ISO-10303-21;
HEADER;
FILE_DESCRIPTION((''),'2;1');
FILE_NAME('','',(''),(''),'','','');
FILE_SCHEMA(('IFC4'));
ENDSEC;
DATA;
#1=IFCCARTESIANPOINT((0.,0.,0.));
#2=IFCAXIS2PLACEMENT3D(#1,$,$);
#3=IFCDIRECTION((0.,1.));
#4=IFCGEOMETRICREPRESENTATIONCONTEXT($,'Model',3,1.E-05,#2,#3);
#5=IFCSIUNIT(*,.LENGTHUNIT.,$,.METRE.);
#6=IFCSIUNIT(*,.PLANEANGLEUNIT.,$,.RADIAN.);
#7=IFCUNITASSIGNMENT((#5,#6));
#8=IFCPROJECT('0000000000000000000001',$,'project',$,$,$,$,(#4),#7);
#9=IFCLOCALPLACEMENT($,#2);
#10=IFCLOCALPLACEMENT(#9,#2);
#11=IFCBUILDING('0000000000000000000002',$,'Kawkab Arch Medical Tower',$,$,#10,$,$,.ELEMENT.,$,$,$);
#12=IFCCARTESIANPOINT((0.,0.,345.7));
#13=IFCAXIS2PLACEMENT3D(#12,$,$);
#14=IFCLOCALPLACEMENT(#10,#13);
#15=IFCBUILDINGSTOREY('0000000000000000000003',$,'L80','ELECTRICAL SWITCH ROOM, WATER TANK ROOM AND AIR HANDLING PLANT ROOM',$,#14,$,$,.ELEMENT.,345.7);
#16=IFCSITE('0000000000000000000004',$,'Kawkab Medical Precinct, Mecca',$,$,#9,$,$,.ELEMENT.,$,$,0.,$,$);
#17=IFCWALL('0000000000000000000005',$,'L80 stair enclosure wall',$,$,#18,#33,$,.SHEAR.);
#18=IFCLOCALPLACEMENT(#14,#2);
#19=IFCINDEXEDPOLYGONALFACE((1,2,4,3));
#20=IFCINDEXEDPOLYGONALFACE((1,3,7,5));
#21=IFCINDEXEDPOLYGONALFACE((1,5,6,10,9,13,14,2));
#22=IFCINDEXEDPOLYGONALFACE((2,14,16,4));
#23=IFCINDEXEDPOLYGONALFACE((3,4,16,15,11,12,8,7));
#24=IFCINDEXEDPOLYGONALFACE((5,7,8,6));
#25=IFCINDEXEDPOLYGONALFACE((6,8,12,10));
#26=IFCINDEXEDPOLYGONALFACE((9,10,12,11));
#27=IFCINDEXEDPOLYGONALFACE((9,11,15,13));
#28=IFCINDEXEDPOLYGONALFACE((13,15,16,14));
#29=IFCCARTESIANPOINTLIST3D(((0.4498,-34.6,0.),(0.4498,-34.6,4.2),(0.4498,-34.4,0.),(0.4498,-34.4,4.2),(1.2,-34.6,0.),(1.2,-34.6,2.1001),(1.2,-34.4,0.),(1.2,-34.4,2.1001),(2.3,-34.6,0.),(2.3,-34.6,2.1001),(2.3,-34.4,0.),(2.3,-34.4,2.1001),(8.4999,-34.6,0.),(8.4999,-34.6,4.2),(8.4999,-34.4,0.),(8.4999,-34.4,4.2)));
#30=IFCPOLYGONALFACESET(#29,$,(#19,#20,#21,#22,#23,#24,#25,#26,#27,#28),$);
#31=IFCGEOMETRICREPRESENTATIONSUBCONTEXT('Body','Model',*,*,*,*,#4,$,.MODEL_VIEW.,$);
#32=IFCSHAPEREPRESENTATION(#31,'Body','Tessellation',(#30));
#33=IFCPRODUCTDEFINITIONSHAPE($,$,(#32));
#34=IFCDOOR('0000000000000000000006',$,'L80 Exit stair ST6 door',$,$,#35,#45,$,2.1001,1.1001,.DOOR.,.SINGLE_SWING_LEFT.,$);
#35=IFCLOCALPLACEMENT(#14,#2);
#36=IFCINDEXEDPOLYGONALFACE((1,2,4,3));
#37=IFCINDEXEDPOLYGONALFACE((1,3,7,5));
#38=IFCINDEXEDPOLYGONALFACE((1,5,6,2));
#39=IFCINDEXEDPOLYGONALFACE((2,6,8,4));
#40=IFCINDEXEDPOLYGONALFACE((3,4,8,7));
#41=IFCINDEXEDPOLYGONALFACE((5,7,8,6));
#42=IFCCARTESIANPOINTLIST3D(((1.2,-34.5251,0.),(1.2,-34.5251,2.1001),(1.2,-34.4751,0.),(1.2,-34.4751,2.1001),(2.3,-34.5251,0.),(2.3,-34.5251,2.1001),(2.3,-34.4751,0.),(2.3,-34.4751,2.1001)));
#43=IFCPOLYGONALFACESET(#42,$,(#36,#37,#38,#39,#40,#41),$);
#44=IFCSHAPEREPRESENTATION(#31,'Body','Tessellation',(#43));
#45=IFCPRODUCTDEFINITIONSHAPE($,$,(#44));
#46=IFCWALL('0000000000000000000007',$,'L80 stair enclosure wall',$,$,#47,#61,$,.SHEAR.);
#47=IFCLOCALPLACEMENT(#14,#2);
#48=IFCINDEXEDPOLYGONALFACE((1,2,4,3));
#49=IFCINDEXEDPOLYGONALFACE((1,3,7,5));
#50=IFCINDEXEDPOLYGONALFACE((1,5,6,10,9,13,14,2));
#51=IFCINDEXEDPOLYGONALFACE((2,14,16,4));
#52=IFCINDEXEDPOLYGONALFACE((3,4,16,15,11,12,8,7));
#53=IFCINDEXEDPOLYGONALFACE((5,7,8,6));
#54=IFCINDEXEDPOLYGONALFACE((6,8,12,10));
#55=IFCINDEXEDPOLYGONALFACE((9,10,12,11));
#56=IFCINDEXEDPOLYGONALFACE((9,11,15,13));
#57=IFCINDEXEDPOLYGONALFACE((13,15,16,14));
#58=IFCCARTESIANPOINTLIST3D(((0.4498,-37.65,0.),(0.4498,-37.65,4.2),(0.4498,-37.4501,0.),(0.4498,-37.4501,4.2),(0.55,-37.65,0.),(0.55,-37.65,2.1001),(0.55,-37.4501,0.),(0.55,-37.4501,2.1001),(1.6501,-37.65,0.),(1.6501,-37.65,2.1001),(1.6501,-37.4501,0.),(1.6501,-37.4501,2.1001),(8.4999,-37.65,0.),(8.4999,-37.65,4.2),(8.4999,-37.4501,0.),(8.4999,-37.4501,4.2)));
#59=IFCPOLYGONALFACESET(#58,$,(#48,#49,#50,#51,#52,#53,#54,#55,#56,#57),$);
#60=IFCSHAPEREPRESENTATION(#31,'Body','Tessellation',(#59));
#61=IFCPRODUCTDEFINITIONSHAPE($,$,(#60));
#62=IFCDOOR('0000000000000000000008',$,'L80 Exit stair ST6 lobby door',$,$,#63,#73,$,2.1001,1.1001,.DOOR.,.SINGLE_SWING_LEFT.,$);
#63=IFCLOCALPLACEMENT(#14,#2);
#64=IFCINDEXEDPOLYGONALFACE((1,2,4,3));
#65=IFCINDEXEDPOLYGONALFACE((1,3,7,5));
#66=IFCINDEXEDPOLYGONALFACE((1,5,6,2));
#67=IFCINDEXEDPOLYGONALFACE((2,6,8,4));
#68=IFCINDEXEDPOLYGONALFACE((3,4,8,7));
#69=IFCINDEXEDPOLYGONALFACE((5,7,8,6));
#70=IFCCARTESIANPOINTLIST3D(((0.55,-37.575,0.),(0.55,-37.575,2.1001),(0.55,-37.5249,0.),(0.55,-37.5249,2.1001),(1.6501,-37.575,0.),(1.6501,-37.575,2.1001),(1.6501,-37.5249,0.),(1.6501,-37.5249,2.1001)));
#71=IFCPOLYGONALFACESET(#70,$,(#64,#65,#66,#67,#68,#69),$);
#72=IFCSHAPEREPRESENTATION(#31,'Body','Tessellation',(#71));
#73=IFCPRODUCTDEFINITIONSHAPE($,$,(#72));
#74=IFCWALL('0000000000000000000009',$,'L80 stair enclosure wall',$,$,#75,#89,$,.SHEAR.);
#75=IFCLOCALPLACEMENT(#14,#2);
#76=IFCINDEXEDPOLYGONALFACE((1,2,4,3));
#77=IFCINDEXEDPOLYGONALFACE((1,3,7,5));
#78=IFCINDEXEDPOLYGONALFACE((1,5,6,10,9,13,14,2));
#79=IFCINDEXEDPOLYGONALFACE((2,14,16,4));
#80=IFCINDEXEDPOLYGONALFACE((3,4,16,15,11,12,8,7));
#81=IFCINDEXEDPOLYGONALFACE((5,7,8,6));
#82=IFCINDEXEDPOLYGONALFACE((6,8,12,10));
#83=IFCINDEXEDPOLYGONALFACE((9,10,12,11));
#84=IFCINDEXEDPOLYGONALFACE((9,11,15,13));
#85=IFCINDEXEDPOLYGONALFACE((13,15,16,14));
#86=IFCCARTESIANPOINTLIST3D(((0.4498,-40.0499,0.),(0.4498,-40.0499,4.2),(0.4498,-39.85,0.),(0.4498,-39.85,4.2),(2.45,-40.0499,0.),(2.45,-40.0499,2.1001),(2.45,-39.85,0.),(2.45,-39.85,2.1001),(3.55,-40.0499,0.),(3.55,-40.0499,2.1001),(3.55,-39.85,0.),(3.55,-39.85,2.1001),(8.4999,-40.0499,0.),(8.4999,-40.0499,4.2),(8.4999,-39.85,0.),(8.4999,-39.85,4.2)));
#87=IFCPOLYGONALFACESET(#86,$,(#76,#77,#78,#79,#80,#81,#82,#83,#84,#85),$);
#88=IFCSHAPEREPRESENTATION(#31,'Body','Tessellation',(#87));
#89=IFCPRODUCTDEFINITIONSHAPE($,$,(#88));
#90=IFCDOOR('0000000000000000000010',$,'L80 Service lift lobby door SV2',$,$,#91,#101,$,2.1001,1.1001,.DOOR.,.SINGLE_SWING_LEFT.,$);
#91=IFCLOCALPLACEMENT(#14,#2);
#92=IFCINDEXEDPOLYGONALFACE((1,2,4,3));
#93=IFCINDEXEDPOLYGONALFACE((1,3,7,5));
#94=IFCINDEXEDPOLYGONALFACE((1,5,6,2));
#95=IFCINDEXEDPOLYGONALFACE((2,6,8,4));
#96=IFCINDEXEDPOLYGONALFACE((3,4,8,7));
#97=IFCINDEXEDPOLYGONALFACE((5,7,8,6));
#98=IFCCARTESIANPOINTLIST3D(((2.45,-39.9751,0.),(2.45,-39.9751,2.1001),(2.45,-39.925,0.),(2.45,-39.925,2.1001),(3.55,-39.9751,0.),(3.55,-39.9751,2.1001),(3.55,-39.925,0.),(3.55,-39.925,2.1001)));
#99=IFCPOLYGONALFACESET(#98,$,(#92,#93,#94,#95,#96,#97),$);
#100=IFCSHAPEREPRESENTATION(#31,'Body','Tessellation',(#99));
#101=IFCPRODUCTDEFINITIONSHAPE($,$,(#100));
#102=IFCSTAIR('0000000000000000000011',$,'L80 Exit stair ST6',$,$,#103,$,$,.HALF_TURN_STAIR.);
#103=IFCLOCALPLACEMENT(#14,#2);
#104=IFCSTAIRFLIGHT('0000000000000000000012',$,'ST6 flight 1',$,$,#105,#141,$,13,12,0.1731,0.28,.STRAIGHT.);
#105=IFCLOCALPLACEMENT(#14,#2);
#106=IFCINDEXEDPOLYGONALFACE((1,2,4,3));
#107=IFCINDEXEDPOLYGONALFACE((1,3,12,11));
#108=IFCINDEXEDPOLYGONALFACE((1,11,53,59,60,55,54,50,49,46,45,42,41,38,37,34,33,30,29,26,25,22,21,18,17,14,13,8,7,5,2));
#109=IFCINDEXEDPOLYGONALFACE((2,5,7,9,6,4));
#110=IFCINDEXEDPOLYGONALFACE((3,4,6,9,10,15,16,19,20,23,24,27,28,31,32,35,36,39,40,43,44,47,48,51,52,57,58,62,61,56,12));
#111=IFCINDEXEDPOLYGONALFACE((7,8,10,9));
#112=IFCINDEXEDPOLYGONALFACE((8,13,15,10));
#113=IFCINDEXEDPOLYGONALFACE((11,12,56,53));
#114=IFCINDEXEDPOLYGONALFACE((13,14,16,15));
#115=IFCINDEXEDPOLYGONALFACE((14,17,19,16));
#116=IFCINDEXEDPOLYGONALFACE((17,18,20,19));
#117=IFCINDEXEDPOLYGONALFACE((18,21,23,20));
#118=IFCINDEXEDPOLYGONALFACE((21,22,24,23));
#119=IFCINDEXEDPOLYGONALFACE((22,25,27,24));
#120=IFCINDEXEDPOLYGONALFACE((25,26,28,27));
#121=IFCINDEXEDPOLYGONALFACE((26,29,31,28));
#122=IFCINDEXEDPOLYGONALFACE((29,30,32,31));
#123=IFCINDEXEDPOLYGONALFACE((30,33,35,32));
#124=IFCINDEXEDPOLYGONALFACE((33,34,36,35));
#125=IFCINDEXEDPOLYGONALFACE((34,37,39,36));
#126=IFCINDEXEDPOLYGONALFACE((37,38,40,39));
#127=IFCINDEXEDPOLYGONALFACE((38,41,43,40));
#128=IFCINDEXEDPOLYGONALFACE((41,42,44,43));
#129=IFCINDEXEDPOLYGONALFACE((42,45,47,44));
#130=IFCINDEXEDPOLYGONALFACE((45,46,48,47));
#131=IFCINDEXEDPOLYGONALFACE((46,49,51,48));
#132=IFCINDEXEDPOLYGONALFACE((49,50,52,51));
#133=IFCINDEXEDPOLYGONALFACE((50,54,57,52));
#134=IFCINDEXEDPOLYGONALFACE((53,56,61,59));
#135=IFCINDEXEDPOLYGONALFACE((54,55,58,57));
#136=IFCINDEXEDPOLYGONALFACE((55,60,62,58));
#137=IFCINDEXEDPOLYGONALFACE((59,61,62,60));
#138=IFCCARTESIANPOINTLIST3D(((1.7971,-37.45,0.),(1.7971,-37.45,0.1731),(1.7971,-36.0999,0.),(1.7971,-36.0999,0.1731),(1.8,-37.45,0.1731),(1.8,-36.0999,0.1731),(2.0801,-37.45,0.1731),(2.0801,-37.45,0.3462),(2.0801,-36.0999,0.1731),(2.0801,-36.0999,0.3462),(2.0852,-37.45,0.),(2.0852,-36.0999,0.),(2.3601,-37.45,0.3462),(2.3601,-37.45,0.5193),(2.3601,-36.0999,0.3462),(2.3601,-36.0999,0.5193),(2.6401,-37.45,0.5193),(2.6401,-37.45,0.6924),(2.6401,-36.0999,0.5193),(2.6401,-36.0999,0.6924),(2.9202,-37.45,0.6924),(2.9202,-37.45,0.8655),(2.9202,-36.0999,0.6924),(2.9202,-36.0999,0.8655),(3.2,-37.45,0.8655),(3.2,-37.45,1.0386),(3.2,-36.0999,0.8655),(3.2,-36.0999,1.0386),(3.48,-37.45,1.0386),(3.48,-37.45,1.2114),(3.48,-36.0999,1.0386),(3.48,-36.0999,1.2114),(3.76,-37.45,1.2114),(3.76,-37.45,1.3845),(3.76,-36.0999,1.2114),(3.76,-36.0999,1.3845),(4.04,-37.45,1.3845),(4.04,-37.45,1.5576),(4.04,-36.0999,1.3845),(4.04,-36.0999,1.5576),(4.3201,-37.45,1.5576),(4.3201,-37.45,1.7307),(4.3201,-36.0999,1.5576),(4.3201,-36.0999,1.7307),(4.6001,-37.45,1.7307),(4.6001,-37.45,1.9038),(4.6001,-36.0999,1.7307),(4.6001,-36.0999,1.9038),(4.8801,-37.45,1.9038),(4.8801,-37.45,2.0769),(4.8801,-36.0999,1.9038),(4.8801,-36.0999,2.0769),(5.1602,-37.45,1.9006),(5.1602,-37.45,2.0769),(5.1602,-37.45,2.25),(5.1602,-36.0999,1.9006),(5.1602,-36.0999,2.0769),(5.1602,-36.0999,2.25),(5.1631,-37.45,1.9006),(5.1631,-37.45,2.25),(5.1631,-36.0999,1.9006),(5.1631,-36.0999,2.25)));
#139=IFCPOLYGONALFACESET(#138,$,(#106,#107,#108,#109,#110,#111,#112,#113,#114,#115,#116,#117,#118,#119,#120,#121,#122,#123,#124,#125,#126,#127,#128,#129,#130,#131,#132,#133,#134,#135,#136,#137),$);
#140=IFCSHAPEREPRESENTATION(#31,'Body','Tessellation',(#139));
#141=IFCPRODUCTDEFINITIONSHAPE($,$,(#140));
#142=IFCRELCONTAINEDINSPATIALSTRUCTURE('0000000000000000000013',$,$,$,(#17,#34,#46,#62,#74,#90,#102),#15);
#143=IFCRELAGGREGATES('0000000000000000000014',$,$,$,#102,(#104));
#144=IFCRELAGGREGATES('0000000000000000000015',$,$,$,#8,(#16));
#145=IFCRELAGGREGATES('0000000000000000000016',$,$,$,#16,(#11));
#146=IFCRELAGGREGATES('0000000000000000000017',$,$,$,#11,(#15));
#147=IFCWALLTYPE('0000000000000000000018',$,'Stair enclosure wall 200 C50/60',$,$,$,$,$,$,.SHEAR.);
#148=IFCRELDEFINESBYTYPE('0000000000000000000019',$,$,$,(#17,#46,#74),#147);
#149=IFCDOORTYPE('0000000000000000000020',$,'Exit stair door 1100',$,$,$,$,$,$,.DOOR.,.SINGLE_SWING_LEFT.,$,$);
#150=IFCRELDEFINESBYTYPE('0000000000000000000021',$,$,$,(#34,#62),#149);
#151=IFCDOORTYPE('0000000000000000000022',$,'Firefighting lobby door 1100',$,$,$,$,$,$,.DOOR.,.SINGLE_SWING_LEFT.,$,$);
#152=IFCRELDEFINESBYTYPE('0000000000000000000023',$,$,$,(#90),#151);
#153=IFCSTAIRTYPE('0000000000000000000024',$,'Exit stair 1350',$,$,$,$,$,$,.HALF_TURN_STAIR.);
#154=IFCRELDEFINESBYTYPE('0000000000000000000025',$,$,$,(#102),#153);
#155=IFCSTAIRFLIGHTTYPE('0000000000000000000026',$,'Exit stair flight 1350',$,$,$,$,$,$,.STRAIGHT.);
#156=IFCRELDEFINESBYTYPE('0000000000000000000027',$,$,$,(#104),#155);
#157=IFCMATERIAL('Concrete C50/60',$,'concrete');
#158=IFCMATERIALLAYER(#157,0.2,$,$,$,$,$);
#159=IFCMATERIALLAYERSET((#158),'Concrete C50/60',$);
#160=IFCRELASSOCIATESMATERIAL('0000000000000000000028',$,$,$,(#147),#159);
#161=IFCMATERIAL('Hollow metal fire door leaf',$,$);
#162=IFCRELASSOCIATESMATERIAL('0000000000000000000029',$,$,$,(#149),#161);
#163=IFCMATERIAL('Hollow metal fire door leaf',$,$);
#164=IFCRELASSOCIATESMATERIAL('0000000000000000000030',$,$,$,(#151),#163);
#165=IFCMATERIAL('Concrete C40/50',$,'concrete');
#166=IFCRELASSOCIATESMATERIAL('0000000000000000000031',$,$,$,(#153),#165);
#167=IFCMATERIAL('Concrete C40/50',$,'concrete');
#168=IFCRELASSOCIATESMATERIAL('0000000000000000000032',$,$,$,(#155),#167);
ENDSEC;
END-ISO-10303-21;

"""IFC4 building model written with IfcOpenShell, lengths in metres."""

from ifc_helpers import new_model, si_unit, direction, frame, frame_2d, origin, place, context, subcontext, project, spatial, polyline, rectangle, outline, extrude, material, layer, layer_set, type_object, element, fill, aggregate, save


model = new_model("IFC4")

# Units and contexts
model_context = context("Model", 3, precision=1e-05, world=origin(), true_north=direction((0.0, 1.0)))
body_context = subcontext(model_context, "Body", "Model", "MODEL_VIEW")
ifc_project = project(units=[si_unit("LENGTHUNIT", "METRE"), si_unit("PLANEANGLEUNIT", "RADIAN")], contexts=[model_context])

# Site, building, storey
site_placement = place(None, origin())
site = spatial("IfcSite", under=ifc_project, at=site_placement, Name="Kawkab Medical Precinct, Mecca", CompositionType="ELEMENT", RefElevation=0.0)
building_placement = place(site_placement, origin())
building = spatial("IfcBuilding", under=site, at=building_placement, Name="Kawkab Arch Medical Tower", CompositionType="ELEMENT")
storey_placement = place(building_placement, frame((0.0, 0.0, 345.7)))
storey = spatial("IfcBuildingStorey", under=building, at=storey_placement, Name="L80", Description="ELECTRICAL SWITCH ROOM, WATER TANK ROOM AND AIR HANDLING PLANT ROOM", CompositionType="ELEMENT", Elevation=345.7)

# Shared definitions
placement = place(storey_placement, origin())

# Walls, openings, doors
ifc_material_1 = material(Name="Concrete C50/60", Category="concrete")
ifc_layer_1 = layer(ifc_material_1, 0.2)
ifc_layer_set_1 = layer_set([ifc_layer_1], Name="Concrete C50/60")
wall_type_1 = type_object("IfcWallType", Name="Stair enclosure wall 200 C50/60", PredefinedType="SHEAR", material=ifc_layer_set_1)
wall_1_placement = place(storey_placement, frame((0.45, -34.5, 0.0), z_axis=(0.0, 0.0, 1.0), x_axis=(1.0, 0.0, 0.0)))
wall_1 = element("IfcWall", 1, at=wall_1_placement, inside=storey, type_object=wall_type_1, Name="L80 stair enclosure wall", PredefinedType="SHEAR", context=body_context, shape_type="SweptSolid", body=[
    extrude(rectangle(XDim=8.05, YDim=0.2, at=frame_2d((4.0249, 0.0))), origin(), (0.0, 0.0, 1.0), 4.2),
])
opening_1_placement = place(wall_1_placement, frame((0.75, 0.0, 0.0)))
opening_1 = element("IfcOpeningElement", 2, at=opening_1_placement, cuts=wall_1, PredefinedType="OPENING", context=body_context, shape_type="SweptSolid", body=[
    extrude(rectangle(XDim=1.1001, YDim=2.1001, at=frame_2d((0.55, 1.05))), frame((0.0, 0.1099, 0.0), z_axis=(0.0, -1.0, 0.0), x_axis=(1.0, 0.0, 0.0)), (0.0, 0.0, 1.0), 0.22),
])
ifc_material_2 = material(Name="Hollow metal fire door leaf")
door_type_1 = type_object("IfcDoorType", Name="Exit stair door 1100", OperationType="SINGLE_SWING_LEFT", PredefinedType="DOOR", material=ifc_material_2)
door_1_placement = place(opening_1_placement, origin())
door_1 = element("IfcDoor", 3, at=door_1_placement, inside=storey, type_object=door_type_1, Name="L80 Exit stair ST6 door", OperationType="SINGLE_SWING_LEFT", OverallHeight=2.1001, OverallWidth=1.1001, PredefinedType="DOOR", context=body_context, shape_type="SweptSolid", body=[
    extrude(rectangle(XDim=1.1001, YDim=2.1001, at=frame_2d((0.55, 1.05))), frame((0.0, 0.0249, 0.0), z_axis=(0.0, -1.0, 0.0), x_axis=(1.0, 0.0, 0.0)), (0.0, 0.0, 1.0), 0.05),
])
fill(opening_1, door_1)
wall_2_placement = place(storey_placement, frame((0.45, -37.55, 0.0), z_axis=(0.0, 0.0, 1.0), x_axis=(1.0, 0.0, 0.0)))
wall_2 = element("IfcWall", 4, at=wall_2_placement, inside=storey, type_object=wall_type_1, Name="L80 stair enclosure wall", PredefinedType="SHEAR", context=body_context, shape_type="SweptSolid", body=[
    extrude(rectangle(XDim=8.05, YDim=0.2, at=frame_2d((4.0249, 0.0))), origin(), (0.0, 0.0, 1.0), 4.2),
])
opening_2_placement = place(wall_2_placement, frame((0.1001, 0.0, 0.0)))
opening_2 = element("IfcOpeningElement", 5, at=opening_2_placement, cuts=wall_2, PredefinedType="OPENING", context=body_context, shape_type="SweptSolid", body=[
    extrude(rectangle(XDim=1.1001, YDim=2.1001, at=frame_2d((0.55, 1.05))), frame((0.0, 0.1099, 0.0), z_axis=(0.0, -1.0, 0.0), x_axis=(1.0, 0.0, 0.0)), (0.0, 0.0, 1.0), 0.22),
])
door_2_placement = place(opening_2_placement, frame((1.1001, 0.0, 0.0), z_axis=(0.0, 0.0, 1.0), x_axis=(-1.0, 0.0, 0.0)))
door_2 = element("IfcDoor", 6, at=door_2_placement, inside=storey, type_object=door_type_1, Name="L80 Exit stair ST6 lobby door", OperationType="SINGLE_SWING_LEFT", OverallHeight=2.1001, OverallWidth=1.1001, PredefinedType="DOOR", context=body_context, shape_type="SweptSolid", body=[
    extrude(rectangle(XDim=1.1001, YDim=2.1001, at=frame_2d((0.55, 1.05))), frame((0.0, 0.0249, 0.0), z_axis=(0.0, -1.0, 0.0), x_axis=(1.0, 0.0, 0.0)), (0.0, 0.0, 1.0), 0.05),
])
fill(opening_2, door_2)
wall_3_placement = place(storey_placement, frame((0.45, -39.95, 0.0), z_axis=(0.0, 0.0, 1.0), x_axis=(1.0, 0.0, 0.0)))
wall_3 = element("IfcWall", 7, at=wall_3_placement, inside=storey, type_object=wall_type_1, Name="L80 stair enclosure wall", PredefinedType="SHEAR", context=body_context, shape_type="SweptSolid", body=[
    extrude(rectangle(XDim=8.05, YDim=0.2, at=frame_2d((4.0249, 0.0))), origin(), (0.0, 0.0, 1.0), 4.2),
])
opening_3_placement = place(wall_3_placement, frame((2.0, 0.0, 0.0)))
opening_3 = element("IfcOpeningElement", 8, at=opening_3_placement, cuts=wall_3, PredefinedType="OPENING", context=body_context, shape_type="SweptSolid", body=[
    extrude(rectangle(XDim=1.1001, YDim=2.1001, at=frame_2d((0.55, 1.05))), frame((0.0, 0.1099, 0.0), z_axis=(0.0, -1.0, 0.0), x_axis=(1.0, 0.0, 0.0)), (0.0, 0.0, 1.0), 0.22),
])
ifc_material_3 = material(Name="Hollow metal fire door leaf")
door_type_2 = type_object("IfcDoorType", Name="Firefighting lobby door 1100", OperationType="SINGLE_SWING_LEFT", PredefinedType="DOOR", material=ifc_material_3)
door_3_placement = place(opening_3_placement, origin())
door_3 = element("IfcDoor", 9, at=door_3_placement, inside=storey, type_object=door_type_2, Name="L80 Service lift lobby door SV2", OperationType="SINGLE_SWING_LEFT", OverallHeight=2.1001, OverallWidth=1.1001, PredefinedType="DOOR", context=body_context, shape_type="SweptSolid", body=[
    extrude(rectangle(XDim=1.1001, YDim=2.1001, at=frame_2d((0.55, 1.05))), frame((0.0, 0.0249, 0.0), z_axis=(0.0, -1.0, 0.0), x_axis=(1.0, 0.0, 0.0)), (0.0, 0.0, 1.0), 0.05),
])
fill(opening_3, door_3)

# Stair, stair flight
ifc_material_4 = material(Name="Concrete C40/50", Category="concrete")
stair_type = type_object("IfcStairType", Name="Exit stair 1350", PredefinedType="HALF_TURN_STAIR", material=ifc_material_4)
stair = element("IfcStair", 10, at=placement, inside=storey, type_object=stair_type, Name="L80 Exit stair ST6", PredefinedType="HALF_TURN_STAIR")
ifc_material_5 = material(Name="Concrete C40/50", Category="concrete")
stair_flight_type = type_object("IfcStairFlightType", Name="Exit stair flight 1350", PredefinedType="STRAIGHT", material=ifc_material_5)
stair_flight_placement = place(storey_placement, frame((1.8, -36.7749, 0.0), z_axis=(0.0, 0.0, 1.0), x_axis=(1.0, 0.0, 0.0)))
stair_flight = element("IfcStairFlight", 11, at=stair_flight_placement, type_object=stair_flight_type, Name="ST6 flight 1", NumberOfRisers=13, NumberOfTreads=12, PredefinedType="STRAIGHT", RiserHeight=0.1731, TreadLength=0.28, context=body_context, shape_type="SweptSolid", body=[
    extrude(outline(polyline([(-0.0029, 0.0), (-0.0029, 0.1731), (0.0, 0.1731), (0.28, 0.1731), (0.28, 0.3462), (0.5601, 0.3462), (0.5601, 0.5193), (0.8401, 0.5193), (0.8401, 0.6924), (1.1201, 0.6924), (1.1201, 0.8655), (1.3999, 0.8655), (1.3999, 1.0386), (1.6799, 1.0386), (1.6799, 1.2114), (1.96, 1.2114), (1.96, 1.3845), (2.24, 1.3845), (2.24, 1.5576), (2.52, 1.5576), (2.52, 1.7307), (2.8, 1.7307), (2.8, 1.9038), (3.0801, 1.9038), (3.0801, 2.0769), (3.3601, 2.0769), (3.3601, 2.25), (3.363, 2.25), (3.363, 1.9006), (3.3601, 1.9006), (0.2852, 0.0), (-0.0029, 0.0)])), frame((0.0, 0.675, 0.0), z_axis=(0.0, -1.0, 0.0), x_axis=(1.0, 0.0, 0.0)), (0.0, 0.0, 1.0), 1.3501),
])
aggregate(stair, [stair_flight])

save(model, "model.ifc")
